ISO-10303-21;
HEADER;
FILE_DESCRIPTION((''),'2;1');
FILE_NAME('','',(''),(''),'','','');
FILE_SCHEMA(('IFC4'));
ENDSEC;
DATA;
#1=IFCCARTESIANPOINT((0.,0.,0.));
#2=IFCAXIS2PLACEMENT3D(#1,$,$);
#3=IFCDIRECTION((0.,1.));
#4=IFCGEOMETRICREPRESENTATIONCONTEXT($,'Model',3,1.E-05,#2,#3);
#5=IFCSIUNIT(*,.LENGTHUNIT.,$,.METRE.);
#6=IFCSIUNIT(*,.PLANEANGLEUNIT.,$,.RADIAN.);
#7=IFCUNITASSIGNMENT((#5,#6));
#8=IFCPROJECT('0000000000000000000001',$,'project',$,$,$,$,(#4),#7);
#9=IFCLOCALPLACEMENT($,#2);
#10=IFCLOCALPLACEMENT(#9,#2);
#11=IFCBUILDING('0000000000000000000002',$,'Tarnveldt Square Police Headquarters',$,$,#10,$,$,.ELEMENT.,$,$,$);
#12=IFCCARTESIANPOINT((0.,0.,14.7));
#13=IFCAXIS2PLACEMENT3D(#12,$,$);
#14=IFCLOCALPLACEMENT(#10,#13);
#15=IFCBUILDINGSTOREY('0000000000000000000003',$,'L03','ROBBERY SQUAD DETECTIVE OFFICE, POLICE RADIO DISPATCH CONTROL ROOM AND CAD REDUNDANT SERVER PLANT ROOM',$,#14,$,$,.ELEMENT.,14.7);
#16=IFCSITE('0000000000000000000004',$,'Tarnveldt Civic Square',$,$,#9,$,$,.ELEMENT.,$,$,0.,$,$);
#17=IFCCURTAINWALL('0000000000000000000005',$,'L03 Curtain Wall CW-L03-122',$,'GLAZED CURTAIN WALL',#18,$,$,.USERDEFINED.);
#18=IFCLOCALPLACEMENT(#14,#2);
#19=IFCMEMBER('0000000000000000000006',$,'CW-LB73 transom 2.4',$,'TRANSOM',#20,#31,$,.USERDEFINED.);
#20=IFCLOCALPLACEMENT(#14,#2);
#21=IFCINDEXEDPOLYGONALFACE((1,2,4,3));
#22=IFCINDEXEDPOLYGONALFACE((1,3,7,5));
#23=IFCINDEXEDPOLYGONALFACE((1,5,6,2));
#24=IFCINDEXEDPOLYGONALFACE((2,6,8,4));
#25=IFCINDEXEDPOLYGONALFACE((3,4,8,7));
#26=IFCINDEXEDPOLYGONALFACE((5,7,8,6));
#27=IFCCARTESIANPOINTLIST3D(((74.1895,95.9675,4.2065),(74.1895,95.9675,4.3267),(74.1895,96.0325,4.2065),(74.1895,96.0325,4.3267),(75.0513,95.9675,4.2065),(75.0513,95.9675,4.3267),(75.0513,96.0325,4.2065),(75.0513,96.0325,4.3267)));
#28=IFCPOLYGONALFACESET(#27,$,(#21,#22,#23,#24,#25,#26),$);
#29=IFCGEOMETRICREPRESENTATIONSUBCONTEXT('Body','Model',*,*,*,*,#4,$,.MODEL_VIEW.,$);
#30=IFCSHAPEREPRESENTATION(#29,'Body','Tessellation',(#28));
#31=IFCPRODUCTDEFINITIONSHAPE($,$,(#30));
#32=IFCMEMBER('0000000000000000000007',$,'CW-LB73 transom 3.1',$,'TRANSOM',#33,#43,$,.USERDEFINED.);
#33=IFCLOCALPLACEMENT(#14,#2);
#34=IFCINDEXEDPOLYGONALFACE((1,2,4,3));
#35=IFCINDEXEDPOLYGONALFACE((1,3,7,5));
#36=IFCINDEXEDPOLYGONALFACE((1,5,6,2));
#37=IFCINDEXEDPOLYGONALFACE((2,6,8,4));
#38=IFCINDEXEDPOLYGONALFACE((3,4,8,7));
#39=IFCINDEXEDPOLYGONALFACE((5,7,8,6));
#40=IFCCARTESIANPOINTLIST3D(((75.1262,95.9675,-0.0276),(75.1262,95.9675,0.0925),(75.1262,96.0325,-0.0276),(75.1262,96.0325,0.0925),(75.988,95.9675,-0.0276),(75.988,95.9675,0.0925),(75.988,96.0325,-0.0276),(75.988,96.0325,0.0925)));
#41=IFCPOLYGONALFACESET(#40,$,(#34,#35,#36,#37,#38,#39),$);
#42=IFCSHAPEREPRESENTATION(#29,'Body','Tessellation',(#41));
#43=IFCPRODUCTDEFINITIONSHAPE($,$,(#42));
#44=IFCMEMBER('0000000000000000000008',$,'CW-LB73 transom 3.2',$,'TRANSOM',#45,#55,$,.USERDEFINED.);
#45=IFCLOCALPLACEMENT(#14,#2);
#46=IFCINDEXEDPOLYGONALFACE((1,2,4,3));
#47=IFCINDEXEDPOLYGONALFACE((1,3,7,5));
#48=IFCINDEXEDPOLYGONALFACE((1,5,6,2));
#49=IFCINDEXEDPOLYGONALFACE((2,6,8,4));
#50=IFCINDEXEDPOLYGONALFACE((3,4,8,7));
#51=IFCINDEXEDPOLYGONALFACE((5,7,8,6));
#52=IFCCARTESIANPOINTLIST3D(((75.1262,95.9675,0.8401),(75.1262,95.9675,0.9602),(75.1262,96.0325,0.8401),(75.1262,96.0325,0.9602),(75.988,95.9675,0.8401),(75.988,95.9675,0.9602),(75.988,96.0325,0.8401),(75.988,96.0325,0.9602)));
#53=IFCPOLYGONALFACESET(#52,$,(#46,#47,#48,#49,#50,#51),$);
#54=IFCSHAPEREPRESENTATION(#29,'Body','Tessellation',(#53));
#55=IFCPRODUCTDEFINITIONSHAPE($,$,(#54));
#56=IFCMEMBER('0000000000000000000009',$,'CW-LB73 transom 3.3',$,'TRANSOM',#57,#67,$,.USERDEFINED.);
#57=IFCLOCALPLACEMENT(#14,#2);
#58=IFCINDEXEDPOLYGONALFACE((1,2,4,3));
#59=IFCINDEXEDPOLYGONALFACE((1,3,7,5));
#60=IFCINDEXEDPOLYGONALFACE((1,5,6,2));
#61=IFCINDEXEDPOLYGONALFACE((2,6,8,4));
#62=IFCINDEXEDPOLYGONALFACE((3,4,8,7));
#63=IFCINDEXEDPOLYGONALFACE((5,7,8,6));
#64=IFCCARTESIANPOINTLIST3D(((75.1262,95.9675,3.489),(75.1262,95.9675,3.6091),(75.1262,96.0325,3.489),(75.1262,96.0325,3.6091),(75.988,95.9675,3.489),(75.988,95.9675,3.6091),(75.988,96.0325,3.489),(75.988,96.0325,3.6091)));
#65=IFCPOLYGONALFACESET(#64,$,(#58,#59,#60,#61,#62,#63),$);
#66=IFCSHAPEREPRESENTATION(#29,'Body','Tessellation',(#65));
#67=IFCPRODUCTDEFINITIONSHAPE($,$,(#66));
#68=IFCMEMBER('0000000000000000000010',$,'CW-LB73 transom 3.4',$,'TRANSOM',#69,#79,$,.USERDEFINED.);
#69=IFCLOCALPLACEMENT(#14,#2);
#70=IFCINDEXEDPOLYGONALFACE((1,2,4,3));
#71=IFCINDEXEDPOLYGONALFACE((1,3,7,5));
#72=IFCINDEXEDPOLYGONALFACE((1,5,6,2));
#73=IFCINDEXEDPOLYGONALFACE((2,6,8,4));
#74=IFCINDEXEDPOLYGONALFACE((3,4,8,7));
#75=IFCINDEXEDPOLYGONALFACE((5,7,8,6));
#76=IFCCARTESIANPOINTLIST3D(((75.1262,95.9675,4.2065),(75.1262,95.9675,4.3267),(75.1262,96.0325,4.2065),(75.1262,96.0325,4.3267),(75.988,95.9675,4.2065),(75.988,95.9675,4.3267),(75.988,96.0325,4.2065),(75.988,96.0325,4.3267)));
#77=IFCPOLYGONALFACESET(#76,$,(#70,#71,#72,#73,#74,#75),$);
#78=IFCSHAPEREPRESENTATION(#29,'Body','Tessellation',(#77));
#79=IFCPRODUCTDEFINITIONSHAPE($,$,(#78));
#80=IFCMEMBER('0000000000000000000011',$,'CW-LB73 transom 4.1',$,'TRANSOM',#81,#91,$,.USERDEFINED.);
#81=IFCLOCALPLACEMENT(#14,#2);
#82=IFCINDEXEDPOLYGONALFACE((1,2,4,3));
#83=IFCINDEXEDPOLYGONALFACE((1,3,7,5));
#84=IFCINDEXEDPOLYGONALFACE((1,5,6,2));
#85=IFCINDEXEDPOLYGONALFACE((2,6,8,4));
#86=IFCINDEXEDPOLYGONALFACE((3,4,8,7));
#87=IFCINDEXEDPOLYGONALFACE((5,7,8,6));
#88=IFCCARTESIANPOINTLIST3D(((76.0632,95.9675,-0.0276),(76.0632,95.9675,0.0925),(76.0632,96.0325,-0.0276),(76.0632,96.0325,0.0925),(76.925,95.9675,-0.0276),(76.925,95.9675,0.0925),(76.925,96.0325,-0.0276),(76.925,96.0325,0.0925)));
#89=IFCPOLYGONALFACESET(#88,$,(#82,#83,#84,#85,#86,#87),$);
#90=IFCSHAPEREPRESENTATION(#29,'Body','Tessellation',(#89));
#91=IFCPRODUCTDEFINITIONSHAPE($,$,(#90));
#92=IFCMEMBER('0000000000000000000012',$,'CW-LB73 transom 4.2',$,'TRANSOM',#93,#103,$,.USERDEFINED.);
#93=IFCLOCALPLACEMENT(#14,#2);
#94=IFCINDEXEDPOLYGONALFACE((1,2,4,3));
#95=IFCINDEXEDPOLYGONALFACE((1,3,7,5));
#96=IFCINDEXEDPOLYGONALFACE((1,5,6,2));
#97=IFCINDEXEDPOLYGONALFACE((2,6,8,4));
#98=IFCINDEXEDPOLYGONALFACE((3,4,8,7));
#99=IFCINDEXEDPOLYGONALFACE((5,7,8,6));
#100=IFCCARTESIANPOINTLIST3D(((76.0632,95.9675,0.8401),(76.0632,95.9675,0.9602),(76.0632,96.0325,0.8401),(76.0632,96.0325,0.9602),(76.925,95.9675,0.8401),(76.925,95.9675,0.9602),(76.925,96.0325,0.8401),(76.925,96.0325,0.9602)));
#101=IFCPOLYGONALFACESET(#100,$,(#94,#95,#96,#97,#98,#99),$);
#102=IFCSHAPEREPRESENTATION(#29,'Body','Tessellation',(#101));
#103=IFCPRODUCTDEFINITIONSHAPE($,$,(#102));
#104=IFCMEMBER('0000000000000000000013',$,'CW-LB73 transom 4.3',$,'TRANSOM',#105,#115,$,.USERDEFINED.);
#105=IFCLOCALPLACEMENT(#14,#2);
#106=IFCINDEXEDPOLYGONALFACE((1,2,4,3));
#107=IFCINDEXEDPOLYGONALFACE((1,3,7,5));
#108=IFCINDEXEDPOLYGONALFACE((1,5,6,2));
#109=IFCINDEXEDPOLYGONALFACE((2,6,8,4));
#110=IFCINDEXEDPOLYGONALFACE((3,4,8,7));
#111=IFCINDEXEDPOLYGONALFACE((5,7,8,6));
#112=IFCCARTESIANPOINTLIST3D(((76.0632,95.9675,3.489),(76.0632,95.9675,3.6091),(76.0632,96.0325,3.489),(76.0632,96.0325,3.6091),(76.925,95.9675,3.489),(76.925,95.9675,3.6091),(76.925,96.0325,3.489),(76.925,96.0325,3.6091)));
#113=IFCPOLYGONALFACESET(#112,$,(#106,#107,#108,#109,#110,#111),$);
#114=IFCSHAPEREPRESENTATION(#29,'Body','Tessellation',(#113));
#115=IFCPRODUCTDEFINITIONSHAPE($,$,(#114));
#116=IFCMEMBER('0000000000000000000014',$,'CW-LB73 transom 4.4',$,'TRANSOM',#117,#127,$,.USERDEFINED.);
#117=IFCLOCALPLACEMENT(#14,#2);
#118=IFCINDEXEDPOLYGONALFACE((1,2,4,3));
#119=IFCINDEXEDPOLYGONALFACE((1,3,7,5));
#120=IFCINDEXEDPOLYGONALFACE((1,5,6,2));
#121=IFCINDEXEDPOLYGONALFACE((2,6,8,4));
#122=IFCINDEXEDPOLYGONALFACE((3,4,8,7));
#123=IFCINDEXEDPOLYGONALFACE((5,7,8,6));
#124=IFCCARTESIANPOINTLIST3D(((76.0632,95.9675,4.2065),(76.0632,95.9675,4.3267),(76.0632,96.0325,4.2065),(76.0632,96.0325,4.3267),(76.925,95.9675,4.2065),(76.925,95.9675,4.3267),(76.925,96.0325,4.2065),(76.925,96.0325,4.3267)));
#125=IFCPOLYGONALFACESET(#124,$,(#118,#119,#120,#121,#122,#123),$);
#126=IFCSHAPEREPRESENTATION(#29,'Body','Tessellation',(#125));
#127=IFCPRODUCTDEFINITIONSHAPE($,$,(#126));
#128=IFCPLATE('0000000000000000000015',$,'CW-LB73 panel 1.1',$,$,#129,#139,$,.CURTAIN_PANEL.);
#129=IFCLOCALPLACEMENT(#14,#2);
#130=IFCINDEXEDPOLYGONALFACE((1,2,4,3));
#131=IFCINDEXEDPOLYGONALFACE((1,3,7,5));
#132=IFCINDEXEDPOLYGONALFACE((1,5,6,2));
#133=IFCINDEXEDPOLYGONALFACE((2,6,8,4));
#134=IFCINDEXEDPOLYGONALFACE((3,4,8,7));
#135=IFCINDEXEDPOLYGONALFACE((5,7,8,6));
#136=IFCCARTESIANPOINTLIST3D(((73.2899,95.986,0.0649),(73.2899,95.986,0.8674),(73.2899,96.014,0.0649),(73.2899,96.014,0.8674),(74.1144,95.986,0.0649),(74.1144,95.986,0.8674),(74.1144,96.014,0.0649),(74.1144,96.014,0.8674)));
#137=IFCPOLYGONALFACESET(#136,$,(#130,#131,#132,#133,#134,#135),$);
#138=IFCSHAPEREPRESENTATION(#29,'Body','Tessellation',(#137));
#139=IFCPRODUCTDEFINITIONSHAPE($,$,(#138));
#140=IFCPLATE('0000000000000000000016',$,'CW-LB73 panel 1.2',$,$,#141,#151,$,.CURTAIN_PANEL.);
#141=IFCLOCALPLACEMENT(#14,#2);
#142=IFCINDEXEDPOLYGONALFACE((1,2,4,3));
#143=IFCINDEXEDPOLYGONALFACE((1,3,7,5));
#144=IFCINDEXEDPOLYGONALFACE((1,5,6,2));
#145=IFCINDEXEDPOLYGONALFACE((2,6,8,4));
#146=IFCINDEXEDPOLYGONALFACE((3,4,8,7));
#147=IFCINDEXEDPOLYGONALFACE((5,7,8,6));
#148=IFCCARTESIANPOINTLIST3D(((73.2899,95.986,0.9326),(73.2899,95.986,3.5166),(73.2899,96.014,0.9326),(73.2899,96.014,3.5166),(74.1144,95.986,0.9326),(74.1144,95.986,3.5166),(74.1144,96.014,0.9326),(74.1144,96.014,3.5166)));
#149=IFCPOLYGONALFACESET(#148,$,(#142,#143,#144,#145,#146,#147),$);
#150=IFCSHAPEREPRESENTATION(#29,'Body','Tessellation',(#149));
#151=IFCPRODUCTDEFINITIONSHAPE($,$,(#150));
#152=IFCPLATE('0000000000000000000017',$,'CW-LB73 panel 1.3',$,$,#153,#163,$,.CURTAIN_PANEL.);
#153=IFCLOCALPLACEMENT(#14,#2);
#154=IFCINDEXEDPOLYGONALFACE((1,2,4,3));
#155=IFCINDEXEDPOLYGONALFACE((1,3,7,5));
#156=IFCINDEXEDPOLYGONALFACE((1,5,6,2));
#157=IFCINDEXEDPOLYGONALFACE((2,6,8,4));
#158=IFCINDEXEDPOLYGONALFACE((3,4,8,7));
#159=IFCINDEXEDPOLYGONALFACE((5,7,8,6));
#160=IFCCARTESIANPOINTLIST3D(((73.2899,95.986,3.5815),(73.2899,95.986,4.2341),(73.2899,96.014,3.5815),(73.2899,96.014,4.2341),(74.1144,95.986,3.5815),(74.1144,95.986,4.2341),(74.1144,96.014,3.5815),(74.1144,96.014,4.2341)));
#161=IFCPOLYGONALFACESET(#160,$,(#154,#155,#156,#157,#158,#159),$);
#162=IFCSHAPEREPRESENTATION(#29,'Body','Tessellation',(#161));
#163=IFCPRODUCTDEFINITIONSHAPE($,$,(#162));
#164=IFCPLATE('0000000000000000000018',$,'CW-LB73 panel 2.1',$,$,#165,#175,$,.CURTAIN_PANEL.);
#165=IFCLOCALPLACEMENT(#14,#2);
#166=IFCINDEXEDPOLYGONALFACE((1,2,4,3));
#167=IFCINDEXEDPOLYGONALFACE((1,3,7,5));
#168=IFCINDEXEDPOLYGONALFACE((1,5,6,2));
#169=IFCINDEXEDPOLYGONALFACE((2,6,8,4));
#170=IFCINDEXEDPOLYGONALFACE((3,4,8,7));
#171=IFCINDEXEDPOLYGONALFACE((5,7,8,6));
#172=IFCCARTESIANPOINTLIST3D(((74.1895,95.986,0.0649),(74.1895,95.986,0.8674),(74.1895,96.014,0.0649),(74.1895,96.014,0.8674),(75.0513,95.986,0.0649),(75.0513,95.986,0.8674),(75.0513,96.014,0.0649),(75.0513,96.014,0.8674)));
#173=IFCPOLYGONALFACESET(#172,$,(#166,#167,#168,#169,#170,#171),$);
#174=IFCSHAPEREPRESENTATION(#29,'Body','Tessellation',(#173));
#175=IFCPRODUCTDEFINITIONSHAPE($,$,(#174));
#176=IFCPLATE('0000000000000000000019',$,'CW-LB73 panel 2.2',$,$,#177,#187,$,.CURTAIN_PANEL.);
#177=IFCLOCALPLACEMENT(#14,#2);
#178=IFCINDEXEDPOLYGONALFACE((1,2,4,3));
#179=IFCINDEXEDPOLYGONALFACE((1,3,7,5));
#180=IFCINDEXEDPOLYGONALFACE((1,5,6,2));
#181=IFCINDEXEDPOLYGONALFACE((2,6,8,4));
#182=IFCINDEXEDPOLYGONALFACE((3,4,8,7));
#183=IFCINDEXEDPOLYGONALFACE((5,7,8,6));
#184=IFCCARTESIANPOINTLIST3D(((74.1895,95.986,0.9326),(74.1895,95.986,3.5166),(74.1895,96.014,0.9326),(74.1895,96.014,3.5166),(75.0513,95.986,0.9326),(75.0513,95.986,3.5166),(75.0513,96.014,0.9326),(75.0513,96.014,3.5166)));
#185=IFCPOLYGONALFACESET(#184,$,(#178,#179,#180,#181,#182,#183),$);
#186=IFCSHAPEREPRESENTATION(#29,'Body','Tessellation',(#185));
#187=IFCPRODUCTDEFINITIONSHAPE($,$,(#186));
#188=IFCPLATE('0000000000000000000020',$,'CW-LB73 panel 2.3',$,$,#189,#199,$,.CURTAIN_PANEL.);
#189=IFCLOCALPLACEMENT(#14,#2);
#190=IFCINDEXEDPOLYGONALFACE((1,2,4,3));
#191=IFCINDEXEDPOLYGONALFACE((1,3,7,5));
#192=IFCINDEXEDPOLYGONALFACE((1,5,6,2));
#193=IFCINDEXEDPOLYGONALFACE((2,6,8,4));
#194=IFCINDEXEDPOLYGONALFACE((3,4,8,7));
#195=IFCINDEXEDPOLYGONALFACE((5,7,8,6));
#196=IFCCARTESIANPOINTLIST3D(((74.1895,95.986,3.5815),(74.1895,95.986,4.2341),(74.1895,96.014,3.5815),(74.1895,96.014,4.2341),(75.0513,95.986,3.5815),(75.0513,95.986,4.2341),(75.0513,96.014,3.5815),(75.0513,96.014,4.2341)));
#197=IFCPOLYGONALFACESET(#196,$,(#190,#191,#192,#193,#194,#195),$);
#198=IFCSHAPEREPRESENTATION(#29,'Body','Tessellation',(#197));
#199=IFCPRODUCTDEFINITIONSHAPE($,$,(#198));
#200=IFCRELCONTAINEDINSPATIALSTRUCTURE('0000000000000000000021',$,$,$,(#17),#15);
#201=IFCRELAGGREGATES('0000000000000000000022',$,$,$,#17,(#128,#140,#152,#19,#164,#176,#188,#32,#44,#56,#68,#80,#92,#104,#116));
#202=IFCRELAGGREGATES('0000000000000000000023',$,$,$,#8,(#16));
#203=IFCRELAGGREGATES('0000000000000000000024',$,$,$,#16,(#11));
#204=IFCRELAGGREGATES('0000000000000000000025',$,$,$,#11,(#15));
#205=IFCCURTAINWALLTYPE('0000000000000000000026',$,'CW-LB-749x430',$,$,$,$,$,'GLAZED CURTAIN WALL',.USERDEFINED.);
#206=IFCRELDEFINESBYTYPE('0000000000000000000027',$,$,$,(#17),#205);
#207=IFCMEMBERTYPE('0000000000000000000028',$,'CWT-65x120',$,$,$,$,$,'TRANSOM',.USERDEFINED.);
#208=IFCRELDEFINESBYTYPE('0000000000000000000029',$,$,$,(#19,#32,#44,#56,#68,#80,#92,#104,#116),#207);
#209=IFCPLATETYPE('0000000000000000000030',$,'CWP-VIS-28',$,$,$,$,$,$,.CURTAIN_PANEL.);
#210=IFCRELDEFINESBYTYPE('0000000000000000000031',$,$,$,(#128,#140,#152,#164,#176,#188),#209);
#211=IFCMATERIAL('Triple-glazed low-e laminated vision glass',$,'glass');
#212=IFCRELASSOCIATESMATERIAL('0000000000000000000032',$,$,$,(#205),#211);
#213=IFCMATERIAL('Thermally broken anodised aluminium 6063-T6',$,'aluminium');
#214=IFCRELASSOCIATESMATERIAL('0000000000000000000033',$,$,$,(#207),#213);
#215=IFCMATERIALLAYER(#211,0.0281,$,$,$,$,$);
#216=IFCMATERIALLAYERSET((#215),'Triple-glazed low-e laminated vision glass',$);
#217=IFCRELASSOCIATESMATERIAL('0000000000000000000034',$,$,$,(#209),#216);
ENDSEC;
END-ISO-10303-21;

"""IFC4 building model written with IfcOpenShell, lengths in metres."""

from ifc_helpers import new_model, si_unit, direction, frame, origin, origin_2d, place, context, subcontext, project, spatial, rectangle, extrude, material, layer, layer_set, material_profile, profile_set, type_object, element, aggregate, save


model = new_model("IFC4")

# Units and contexts
model_context = context("Model", 3, precision=1e-05, world=origin(), true_north=direction((0.0, 1.0)))
body_context = subcontext(model_context, "Body", "Model", "MODEL_VIEW")
ifc_project = project(units=[si_unit("LENGTHUNIT", "METRE"), si_unit("PLANEANGLEUNIT", "RADIAN")], contexts=[model_context])

# Site, building, storey
site_placement = place(None, origin())
site = spatial("IfcSite", under=ifc_project, at=site_placement, Name="Tarnveldt Civic Square", CompositionType="ELEMENT", RefElevation=0.0)
building_placement = place(site_placement, origin())
building = spatial("IfcBuilding", under=site, at=building_placement, Name="Tarnveldt Square Police Headquarters", CompositionType="ELEMENT")
storey_placement = place(building_placement, frame((0.0, 0.0, 14.7)))
storey = spatial("IfcBuildingStorey", under=building, at=storey_placement, Name="L03", Description="ROBBERY SQUAD DETECTIVE OFFICE, POLICE RADIO DISPATCH CONTROL ROOM AND CAD REDUNDANT SERVER PLANT ROOM", CompositionType="ELEMENT", Elevation=14.7)

# Curtain wall, members, plates
ifc_material_1 = material(Name="Triple-glazed low-e laminated vision glass", Category="glass")
curtain_wall_type = type_object("IfcCurtainWallType", Name="CW-LB-749x430", ElementType="GLAZED CURTAIN WALL", PredefinedType="USERDEFINED", material=ifc_material_1)
curtain_wall_placement = place(storey_placement, origin())
curtain_wall = element("IfcCurtainWall", 1, at=curtain_wall_placement, inside=storey, type_object=curtain_wall_type, Name="L03 Curtain Wall CW-L03-122", ObjectType="GLAZED CURTAIN WALL", PredefinedType="USERDEFINED")
ifc_material_2 = material(Name="Thermally broken anodised aluminium 6063-T6", Category="aluminium")
ifc_material_profile_1 = material_profile(ifc_material_2, rectangle(XDim=0.0649, YDim=0.1201, at=origin_2d()), Name="CW-T65x120")
ifc_profile_set_1 = profile_set([ifc_material_profile_1], Name="Thermally broken anodised aluminium 6063-T6")
member_type_1 = type_object("IfcMemberType", Name="CWT-65x120", ElementType="TRANSOM", PredefinedType="USERDEFINED", material=ifc_profile_set_1)
member_1_placement = place(storey_placement, frame((74.1895, 96.0, 4.2666), z_axis=(1.0, 0.0, 0.0), x_axis=(0.0, 1.0, 0.0)))
member_1 = element("IfcMember", 2, at=member_1_placement, type_object=member_type_1, Name="CW-LB73 transom 2.4", ObjectType="TRANSOM", PredefinedType="USERDEFINED", context=body_context, shape_type="SweptSolid", body=[
    extrude(rectangle(XDim=0.0649, YDim=0.1201, at=origin_2d()), origin(), (0.0, 0.0, 1.0), 0.8618),
])
member_2_placement = place(storey_placement, frame((75.1262, 96.0, 0.0325), z_axis=(1.0, 0.0, 0.0), x_axis=(0.0, 1.0, 0.0)))
member_2 = element("IfcMember", 3, at=member_2_placement, type_object=member_type_1, Name="CW-LB73 transom 3.1", ObjectType="TRANSOM", PredefinedType="USERDEFINED", context=body_context, shape_type="SweptSolid", body=[
    extrude(rectangle(XDim=0.0649, YDim=0.1201, at=origin_2d()), origin(), (0.0, 0.0, 1.0), 0.8618),
])
member_3_placement = place(storey_placement, frame((75.1262, 96.0, 0.9001), z_axis=(1.0, 0.0, 0.0), x_axis=(0.0, 1.0, 0.0)))
member_3 = element("IfcMember", 4, at=member_3_placement, type_object=member_type_1, Name="CW-LB73 transom 3.2", ObjectType="TRANSOM", PredefinedType="USERDEFINED", context=body_context, shape_type="SweptSolid", body=[
    extrude(rectangle(XDim=0.0649, YDim=0.1201, at=origin_2d()), origin(), (0.0, 0.0, 1.0), 0.8618),
])
member_4_placement = place(storey_placement, frame((75.1262, 96.0, 3.5491), z_axis=(1.0, 0.0, 0.0), x_axis=(0.0, 1.0, 0.0)))
member_4 = element("IfcMember", 5, at=member_4_placement, type_object=member_type_1, Name="CW-LB73 transom 3.3", ObjectType="TRANSOM", PredefinedType="USERDEFINED", context=body_context, shape_type="SweptSolid", body=[
    extrude(rectangle(XDim=0.0649, YDim=0.1201, at=origin_2d()), origin(), (0.0, 0.0, 1.0), 0.8618),
])
member_5_placement = place(storey_placement, frame((75.1262, 96.0, 4.2666), z_axis=(1.0, 0.0, 0.0), x_axis=(0.0, 1.0, 0.0)))
member_5 = element("IfcMember", 6, at=member_5_placement, type_object=member_type_1, Name="CW-LB73 transom 3.4", ObjectType="TRANSOM", PredefinedType="USERDEFINED", context=body_context, shape_type="SweptSolid", body=[
    extrude(rectangle(XDim=0.0649, YDim=0.1201, at=origin_2d()), origin(), (0.0, 0.0, 1.0), 0.8618),
])
member_6_placement = place(storey_placement, frame((76.0632, 96.0, 0.0325), z_axis=(1.0, 0.0, 0.0), x_axis=(0.0, 1.0, 0.0)))
member_6 = element("IfcMember", 7, at=member_6_placement, type_object=member_type_1, Name="CW-LB73 transom 4.1", ObjectType="TRANSOM", PredefinedType="USERDEFINED", context=body_context, shape_type="SweptSolid", body=[
    extrude(rectangle(XDim=0.0649, YDim=0.1201, at=origin_2d()), origin(), (0.0, 0.0, 1.0), 0.8618),
])
member_7_placement = place(storey_placement, frame((76.0632, 96.0, 0.9001), z_axis=(1.0, 0.0, 0.0), x_axis=(0.0, 1.0, 0.0)))
member_7 = element("IfcMember", 8, at=member_7_placement, type_object=member_type_1, Name="CW-LB73 transom 4.2", ObjectType="TRANSOM", PredefinedType="USERDEFINED", context=body_context, shape_type="SweptSolid", body=[
    extrude(rectangle(XDim=0.0649, YDim=0.1201, at=origin_2d()), origin(), (0.0, 0.0, 1.0), 0.8618),
])
member_8_placement = place(storey_placement, frame((76.0632, 96.0, 3.5491), z_axis=(1.0, 0.0, 0.0), x_axis=(0.0, 1.0, 0.0)))
member_8 = element("IfcMember", 9, at=member_8_placement, type_object=member_type_1, Name="CW-LB73 transom 4.3", ObjectType="TRANSOM", PredefinedType="USERDEFINED", context=body_context, shape_type="SweptSolid", body=[
    extrude(rectangle(XDim=0.0649, YDim=0.1201, at=origin_2d()), origin(), (0.0, 0.0, 1.0), 0.8618),
])
member_9_placement = place(storey_placement, frame((76.0632, 96.0, 4.2666), z_axis=(1.0, 0.0, 0.0), x_axis=(0.0, 1.0, 0.0)))
member_9 = element("IfcMember", 10, at=member_9_placement, type_object=member_type_1, Name="CW-LB73 transom 4.4", ObjectType="TRANSOM", PredefinedType="USERDEFINED", context=body_context, shape_type="SweptSolid", body=[
    extrude(rectangle(XDim=0.0649, YDim=0.1201, at=origin_2d()), origin(), (0.0, 0.0, 1.0), 0.8618),
])
ifc_layer = layer(ifc_material_1, 0.0281)
ifc_layer_set = layer_set([ifc_layer], Name="Triple-glazed low-e laminated vision glass")
plate_type = type_object("IfcPlateType", Name="CWP-VIS-28", PredefinedType="CURTAIN_PANEL", material=ifc_layer_set)
plate_1_placement = place(storey_placement, frame((73.7021, 96.0, 0.0649), z_axis=(0.0, 0.0, 1.0), x_axis=(1.0, 0.0, 0.0)))
plate_1 = element("IfcPlate", 11, at=plate_1_placement, type_object=plate_type, Name="CW-LB73 panel 1.1", PredefinedType="CURTAIN_PANEL", context=body_context, shape_type="SweptSolid", body=[
    extrude(rectangle(XDim=0.8245, YDim=0.0281, at=origin_2d()), origin(), (0.0, 0.0, 1.0), 0.8025),
])
plate_2_placement = place(storey_placement, frame((73.7021, 96.0, 0.9326), z_axis=(0.0, 0.0, 1.0), x_axis=(1.0, 0.0, 0.0)))
plate_2 = element("IfcPlate", 12, at=plate_2_placement, type_object=plate_type, Name="CW-LB73 panel 1.2", PredefinedType="CURTAIN_PANEL", context=body_context, shape_type="SweptSolid", body=[
    extrude(rectangle(XDim=0.8245, YDim=0.0281, at=origin_2d()), origin(), (0.0, 0.0, 1.0), 2.584),
])
plate_3_placement = place(storey_placement, frame((73.7021, 96.0, 3.5815), z_axis=(0.0, 0.0, 1.0), x_axis=(1.0, 0.0, 0.0)))
plate_3 = element("IfcPlate", 13, at=plate_3_placement, type_object=plate_type, Name="CW-LB73 panel 1.3", PredefinedType="CURTAIN_PANEL", context=body_context, shape_type="SweptSolid", body=[
    extrude(rectangle(XDim=0.8245, YDim=0.0281, at=origin_2d()), origin(), (0.0, 0.0, 1.0), 0.6526),
])
plate_4_placement = place(storey_placement, frame((74.6204, 96.0, 0.0649), z_axis=(0.0, 0.0, 1.0), x_axis=(1.0, 0.0, 0.0)))
plate_4 = element("IfcPlate", 14, at=plate_4_placement, type_object=plate_type, Name="CW-LB73 panel 2.1", PredefinedType="CURTAIN_PANEL", context=body_context, shape_type="SweptSolid", body=[
    extrude(rectangle(XDim=0.8618, YDim=0.0281, at=origin_2d()), origin(), (0.0, 0.0, 1.0), 0.8025),
])
plate_5_placement = place(storey_placement, frame((74.6204, 96.0, 0.9326), z_axis=(0.0, 0.0, 1.0), x_axis=(1.0, 0.0, 0.0)))
plate_5 = element("IfcPlate", 15, at=plate_5_placement, type_object=plate_type, Name="CW-LB73 panel 2.2", PredefinedType="CURTAIN_PANEL", context=body_context, shape_type="SweptSolid", body=[
    extrude(rectangle(XDim=0.8618, YDim=0.0281, at=origin_2d()), origin(), (0.0, 0.0, 1.0), 2.584),
])
plate_6_placement = place(storey_placement, frame((74.6204, 96.0, 3.5815), z_axis=(0.0, 0.0, 1.0), x_axis=(1.0, 0.0, 0.0)))
plate_6 = element("IfcPlate", 16, at=plate_6_placement, type_object=plate_type, Name="CW-LB73 panel 2.3", PredefinedType="CURTAIN_PANEL", context=body_context, shape_type="SweptSolid", body=[
    extrude(rectangle(XDim=0.8618, YDim=0.0281, at=origin_2d()), origin(), (0.0, 0.0, 1.0), 0.6526),
])
aggregate(curtain_wall, [plate_1, plate_2, plate_3, member_1, plate_4, plate_5, plate_6, member_2, member_3, member_4, member_5, member_6, member_7, member_8, member_9])

save(model, "model.ifc")
